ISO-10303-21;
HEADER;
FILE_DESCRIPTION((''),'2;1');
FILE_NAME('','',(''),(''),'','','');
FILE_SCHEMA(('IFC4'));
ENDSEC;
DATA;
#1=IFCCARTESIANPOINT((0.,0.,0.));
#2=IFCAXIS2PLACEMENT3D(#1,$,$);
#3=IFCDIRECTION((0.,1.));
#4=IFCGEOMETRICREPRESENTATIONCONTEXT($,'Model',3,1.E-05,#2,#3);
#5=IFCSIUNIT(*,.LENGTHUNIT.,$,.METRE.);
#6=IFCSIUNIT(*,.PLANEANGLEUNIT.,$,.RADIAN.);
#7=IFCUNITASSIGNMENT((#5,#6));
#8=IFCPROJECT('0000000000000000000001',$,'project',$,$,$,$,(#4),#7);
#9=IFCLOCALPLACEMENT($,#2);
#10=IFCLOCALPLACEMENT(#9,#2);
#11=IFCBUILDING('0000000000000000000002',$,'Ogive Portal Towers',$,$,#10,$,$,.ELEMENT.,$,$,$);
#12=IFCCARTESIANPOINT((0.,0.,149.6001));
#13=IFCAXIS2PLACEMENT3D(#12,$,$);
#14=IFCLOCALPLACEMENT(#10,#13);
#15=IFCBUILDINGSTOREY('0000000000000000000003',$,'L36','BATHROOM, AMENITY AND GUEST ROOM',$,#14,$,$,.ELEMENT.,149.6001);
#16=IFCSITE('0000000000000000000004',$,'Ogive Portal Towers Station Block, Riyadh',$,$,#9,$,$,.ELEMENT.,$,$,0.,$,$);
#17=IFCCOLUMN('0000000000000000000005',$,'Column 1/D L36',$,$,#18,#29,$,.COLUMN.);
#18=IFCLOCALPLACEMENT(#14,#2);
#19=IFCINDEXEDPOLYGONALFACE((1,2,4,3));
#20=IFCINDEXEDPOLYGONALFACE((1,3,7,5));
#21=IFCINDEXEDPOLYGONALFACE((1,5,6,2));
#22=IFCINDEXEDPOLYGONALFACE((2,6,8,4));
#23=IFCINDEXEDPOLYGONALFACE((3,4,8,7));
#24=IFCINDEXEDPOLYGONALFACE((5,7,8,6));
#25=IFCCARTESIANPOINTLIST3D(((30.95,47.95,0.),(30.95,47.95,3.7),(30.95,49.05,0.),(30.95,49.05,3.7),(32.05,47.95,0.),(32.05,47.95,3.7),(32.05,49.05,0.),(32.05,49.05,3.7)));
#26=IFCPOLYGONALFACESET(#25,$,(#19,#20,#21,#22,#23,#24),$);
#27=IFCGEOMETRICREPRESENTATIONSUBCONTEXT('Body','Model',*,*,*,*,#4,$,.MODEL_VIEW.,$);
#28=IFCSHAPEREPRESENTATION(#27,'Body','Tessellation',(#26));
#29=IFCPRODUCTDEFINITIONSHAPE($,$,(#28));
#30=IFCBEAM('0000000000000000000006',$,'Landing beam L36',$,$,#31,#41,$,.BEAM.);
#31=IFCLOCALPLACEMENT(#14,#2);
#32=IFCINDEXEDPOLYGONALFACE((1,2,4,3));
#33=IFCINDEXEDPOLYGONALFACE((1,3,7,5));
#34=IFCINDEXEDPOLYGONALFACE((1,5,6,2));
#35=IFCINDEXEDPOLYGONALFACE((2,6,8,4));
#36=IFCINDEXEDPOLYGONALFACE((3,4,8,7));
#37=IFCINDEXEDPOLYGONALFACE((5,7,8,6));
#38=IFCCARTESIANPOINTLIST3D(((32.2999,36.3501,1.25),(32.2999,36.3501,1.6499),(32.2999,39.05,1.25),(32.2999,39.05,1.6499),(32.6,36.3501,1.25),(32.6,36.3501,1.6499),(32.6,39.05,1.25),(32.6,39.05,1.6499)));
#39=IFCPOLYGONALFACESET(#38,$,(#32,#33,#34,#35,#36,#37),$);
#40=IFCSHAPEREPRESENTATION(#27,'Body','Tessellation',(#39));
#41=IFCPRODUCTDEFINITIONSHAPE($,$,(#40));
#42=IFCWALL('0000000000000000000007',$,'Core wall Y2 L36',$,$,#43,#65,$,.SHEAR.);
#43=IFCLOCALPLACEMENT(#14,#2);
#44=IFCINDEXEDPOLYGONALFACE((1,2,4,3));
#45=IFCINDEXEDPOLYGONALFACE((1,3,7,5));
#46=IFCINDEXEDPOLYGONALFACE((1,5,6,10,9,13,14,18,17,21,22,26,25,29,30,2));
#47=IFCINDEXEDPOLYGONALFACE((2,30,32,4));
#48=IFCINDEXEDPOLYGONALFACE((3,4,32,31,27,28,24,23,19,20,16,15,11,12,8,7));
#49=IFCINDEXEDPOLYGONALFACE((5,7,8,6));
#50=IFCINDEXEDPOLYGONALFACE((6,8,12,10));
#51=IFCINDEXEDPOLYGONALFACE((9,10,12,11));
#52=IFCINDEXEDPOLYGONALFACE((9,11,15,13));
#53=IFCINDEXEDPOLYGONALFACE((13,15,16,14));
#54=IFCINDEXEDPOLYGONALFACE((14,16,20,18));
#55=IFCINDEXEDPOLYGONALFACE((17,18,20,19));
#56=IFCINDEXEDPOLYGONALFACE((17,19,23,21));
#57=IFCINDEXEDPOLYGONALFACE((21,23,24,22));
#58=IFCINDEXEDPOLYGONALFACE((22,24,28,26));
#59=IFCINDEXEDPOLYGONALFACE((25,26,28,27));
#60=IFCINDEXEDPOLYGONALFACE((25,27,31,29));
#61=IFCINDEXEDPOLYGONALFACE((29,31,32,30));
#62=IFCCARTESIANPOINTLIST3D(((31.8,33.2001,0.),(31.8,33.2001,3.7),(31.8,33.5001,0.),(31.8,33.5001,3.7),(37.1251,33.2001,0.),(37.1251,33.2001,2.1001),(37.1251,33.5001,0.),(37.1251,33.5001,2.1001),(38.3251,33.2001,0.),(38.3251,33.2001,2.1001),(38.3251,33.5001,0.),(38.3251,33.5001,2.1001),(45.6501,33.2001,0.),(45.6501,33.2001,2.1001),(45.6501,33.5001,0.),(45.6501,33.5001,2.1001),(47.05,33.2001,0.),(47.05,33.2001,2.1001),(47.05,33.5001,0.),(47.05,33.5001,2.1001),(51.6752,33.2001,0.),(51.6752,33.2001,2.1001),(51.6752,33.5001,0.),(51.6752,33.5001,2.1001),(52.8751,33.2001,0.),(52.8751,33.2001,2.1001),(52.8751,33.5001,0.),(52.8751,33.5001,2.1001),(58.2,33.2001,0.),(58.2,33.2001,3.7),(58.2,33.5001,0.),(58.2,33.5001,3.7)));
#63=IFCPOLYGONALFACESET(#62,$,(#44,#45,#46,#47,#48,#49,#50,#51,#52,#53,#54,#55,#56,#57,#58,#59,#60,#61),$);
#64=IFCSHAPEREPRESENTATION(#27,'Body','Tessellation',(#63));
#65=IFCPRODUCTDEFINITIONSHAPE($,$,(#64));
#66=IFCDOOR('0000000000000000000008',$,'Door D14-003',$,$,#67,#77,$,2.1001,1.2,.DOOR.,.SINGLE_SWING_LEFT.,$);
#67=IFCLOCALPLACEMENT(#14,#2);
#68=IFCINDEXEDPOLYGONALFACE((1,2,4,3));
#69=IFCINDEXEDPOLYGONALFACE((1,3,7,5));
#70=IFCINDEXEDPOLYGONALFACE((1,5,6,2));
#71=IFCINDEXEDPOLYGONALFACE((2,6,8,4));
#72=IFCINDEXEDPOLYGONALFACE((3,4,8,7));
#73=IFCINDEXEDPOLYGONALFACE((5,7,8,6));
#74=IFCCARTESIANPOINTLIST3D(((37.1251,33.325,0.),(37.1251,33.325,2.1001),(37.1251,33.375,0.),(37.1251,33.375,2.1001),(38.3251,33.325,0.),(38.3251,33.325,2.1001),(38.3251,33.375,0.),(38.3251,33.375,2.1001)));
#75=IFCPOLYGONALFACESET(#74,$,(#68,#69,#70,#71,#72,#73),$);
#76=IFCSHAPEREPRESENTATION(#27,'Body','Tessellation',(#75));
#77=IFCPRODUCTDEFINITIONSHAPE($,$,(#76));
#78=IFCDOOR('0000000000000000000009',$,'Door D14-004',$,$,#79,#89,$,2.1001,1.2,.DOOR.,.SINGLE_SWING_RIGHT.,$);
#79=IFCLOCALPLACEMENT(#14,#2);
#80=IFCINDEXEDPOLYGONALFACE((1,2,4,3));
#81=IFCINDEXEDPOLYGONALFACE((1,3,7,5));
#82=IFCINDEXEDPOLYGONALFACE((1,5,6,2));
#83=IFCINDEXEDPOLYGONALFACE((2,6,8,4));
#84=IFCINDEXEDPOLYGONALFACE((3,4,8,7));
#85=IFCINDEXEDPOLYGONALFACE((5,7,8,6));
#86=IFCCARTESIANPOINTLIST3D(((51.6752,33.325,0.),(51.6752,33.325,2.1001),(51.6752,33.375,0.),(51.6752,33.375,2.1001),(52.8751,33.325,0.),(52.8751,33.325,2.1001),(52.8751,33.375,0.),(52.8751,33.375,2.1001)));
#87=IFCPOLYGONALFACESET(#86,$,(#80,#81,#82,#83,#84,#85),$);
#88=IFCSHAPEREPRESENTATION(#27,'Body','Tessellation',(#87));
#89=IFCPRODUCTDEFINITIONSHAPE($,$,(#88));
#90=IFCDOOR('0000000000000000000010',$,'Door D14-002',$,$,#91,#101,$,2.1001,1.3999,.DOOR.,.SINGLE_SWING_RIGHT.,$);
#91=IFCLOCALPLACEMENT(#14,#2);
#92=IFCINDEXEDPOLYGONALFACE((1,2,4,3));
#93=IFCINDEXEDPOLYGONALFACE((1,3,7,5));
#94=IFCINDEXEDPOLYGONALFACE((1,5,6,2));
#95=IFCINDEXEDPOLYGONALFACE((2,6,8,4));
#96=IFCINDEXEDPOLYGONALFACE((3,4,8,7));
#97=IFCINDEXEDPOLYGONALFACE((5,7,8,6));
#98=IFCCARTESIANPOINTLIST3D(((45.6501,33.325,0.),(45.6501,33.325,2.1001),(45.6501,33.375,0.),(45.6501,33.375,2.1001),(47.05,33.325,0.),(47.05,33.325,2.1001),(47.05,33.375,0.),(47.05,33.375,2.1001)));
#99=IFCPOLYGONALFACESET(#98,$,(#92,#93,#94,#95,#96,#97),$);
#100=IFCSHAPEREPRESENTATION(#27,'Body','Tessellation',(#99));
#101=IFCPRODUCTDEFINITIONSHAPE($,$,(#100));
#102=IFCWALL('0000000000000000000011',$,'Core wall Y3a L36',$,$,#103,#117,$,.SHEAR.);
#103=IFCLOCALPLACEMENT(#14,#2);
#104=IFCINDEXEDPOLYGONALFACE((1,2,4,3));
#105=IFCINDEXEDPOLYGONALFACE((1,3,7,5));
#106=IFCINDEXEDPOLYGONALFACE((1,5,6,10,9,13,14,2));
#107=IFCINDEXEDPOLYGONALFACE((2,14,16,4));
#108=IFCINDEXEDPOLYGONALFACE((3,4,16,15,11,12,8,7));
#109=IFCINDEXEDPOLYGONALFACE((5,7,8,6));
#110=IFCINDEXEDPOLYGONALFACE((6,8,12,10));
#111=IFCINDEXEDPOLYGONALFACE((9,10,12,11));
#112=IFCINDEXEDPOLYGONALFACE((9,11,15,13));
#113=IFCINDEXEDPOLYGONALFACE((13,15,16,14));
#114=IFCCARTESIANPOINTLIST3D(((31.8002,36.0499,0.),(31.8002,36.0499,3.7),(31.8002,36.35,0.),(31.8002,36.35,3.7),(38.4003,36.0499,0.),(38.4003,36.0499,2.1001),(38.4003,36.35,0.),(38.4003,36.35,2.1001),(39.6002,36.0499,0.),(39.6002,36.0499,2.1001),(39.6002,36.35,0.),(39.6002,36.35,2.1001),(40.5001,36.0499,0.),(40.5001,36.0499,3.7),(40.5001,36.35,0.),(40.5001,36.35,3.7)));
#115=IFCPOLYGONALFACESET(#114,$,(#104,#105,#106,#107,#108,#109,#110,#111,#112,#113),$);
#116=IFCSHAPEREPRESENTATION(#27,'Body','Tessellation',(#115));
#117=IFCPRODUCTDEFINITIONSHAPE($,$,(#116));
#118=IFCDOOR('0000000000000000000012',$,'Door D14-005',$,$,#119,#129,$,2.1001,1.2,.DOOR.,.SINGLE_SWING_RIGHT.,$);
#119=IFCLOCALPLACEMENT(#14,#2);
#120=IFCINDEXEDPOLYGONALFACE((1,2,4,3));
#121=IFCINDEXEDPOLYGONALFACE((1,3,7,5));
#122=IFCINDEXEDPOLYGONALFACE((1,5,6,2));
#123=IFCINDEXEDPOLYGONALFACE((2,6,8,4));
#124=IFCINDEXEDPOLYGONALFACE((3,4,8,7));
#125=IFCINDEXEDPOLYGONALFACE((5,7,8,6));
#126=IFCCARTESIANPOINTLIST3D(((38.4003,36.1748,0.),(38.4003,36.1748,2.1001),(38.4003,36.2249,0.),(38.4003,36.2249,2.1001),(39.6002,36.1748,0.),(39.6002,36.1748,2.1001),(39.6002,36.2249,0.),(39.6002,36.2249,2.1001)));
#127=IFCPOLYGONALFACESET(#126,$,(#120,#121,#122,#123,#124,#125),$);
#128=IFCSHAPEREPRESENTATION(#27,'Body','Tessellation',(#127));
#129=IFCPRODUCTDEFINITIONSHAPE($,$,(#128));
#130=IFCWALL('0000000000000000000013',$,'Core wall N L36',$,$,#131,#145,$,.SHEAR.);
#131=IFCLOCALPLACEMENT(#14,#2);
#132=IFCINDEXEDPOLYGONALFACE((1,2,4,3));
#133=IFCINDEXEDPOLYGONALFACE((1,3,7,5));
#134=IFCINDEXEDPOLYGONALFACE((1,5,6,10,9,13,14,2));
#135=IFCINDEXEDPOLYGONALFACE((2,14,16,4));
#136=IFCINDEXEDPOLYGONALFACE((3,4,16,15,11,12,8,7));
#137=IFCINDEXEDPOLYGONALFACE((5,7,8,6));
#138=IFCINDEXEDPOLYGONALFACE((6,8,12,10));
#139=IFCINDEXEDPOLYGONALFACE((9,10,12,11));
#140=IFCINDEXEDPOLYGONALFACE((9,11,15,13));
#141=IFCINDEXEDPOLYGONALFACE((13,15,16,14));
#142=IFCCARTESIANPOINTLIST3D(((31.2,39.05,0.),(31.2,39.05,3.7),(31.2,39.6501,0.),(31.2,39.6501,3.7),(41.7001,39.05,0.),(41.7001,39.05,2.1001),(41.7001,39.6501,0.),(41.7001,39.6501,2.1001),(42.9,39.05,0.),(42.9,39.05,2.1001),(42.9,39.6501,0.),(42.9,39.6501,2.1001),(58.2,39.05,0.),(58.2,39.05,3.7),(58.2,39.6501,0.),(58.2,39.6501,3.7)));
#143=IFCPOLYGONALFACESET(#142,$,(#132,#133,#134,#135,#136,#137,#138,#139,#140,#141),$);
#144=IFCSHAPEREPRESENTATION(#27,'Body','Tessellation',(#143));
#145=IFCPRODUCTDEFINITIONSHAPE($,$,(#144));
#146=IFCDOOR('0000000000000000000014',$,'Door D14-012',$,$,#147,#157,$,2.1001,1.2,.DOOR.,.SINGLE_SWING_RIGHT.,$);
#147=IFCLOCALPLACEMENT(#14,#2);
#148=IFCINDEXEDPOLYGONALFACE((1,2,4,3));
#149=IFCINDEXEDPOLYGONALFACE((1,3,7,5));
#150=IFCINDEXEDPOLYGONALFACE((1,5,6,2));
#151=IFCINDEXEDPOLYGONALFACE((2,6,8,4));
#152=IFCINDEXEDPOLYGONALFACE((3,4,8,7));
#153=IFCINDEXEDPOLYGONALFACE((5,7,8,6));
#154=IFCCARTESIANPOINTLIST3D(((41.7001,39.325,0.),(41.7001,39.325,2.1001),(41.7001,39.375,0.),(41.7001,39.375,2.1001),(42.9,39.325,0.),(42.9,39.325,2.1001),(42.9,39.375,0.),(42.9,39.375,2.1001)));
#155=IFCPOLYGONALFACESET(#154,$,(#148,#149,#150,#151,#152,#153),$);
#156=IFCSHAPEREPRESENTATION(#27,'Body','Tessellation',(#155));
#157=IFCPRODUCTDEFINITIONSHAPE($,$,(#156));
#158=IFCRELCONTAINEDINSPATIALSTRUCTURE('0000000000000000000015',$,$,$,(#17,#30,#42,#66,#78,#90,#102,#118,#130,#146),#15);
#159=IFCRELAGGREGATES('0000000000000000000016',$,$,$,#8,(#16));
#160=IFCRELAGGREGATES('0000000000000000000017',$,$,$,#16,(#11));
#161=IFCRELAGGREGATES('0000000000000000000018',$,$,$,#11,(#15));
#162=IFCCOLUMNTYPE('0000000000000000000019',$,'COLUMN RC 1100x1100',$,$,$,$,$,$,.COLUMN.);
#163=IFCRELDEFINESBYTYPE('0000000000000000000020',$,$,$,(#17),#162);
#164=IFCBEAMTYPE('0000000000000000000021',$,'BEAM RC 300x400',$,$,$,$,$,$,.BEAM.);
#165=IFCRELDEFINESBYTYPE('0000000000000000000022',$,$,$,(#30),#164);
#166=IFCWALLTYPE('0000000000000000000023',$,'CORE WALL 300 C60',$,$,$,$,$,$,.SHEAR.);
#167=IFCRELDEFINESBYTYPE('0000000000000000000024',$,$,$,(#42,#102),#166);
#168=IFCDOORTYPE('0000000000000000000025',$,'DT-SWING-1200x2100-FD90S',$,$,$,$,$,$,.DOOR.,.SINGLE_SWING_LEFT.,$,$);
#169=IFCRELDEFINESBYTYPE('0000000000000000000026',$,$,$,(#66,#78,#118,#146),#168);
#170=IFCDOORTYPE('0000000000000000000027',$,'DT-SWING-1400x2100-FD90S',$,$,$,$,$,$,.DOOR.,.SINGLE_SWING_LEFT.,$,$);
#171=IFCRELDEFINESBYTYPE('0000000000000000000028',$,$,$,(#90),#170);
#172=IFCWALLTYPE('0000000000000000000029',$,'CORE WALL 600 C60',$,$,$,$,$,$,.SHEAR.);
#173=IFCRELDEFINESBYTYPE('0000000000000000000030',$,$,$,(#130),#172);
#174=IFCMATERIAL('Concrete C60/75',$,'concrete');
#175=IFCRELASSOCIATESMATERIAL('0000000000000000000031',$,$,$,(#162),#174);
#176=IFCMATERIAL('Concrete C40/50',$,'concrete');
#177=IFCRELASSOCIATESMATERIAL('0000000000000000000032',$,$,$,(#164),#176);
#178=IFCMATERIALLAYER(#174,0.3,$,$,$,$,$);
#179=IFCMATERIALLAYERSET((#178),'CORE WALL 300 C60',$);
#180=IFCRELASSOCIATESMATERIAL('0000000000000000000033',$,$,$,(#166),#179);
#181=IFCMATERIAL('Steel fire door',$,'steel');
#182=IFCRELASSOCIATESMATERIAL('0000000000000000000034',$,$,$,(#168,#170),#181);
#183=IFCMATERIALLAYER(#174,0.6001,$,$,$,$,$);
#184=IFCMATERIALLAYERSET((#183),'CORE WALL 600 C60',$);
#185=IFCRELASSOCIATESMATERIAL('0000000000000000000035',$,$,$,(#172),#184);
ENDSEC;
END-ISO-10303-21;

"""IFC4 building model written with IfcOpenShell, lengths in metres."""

from ifc_helpers import new_model, si_unit, direction, frame, frame_2d, origin, origin_2d, place, context, subcontext, project, spatial, rectangle, extrude, material, layer, layer_set, material_profile, profile_set, type_object, element, fill, save


model = new_model("IFC4")

# Units and contexts
model_context = context("Model", 3, precision=1e-05, world=origin(), true_north=direction((0.0, 1.0)))
body_context = subcontext(model_context, "Body", "Model", "MODEL_VIEW")
ifc_project = project(units=[si_unit("LENGTHUNIT", "METRE"), si_unit("PLANEANGLEUNIT", "RADIAN")], contexts=[model_context])

# Site, building, storey
site_placement = place(None, origin())
site = spatial("IfcSite", under=ifc_project, at=site_placement, Name="Ogive Portal Towers Station Block, Riyadh", CompositionType="ELEMENT", RefElevation=0.0)
building_placement = place(site_placement, origin())
building = spatial("IfcBuilding", under=site, at=building_placement, Name="Ogive Portal Towers", CompositionType="ELEMENT")
storey_placement = place(building_placement, frame((0.0, 0.0, 149.6001)))
storey = spatial("IfcBuildingStorey", under=building, at=storey_placement, Name="L36", Description="BATHROOM, AMENITY AND GUEST ROOM", CompositionType="ELEMENT", Elevation=149.6001)

# Column
ifc_material_1 = material(Name="Concrete C60/75", Category="concrete")
ifc_material_profile_1 = material_profile(ifc_material_1, rectangle(XDim=1.1001, YDim=1.1001, at=origin_2d()), Name="RC 1100x1100")
ifc_profile_set_1 = profile_set([ifc_material_profile_1], Name="Concrete C60/75")
column_type = type_object("IfcColumnType", Name="COLUMN RC 1100x1100", PredefinedType="COLUMN", material=ifc_profile_set_1)
column_placement = place(storey_placement, frame((31.5, 48.5, 0.0), z_axis=(0.0, 0.0, 1.0), x_axis=(1.0, 0.0, 0.0)))
element("IfcColumn", 1, at=column_placement, inside=storey, type_object=column_type, Name="Column 1/D L36", PredefinedType="COLUMN", context=body_context, shape_type="SweptSolid", body=[
    extrude(rectangle(XDim=1.1001, YDim=1.1001, at=origin_2d()), origin(), (0.0, 0.0, 1.0), 3.7),
])

# Beam
ifc_material_2 = material(Name="Concrete C40/50", Category="concrete")
ifc_material_profile_2 = material_profile(ifc_material_2, rectangle(XDim=0.3, YDim=0.3999, at=origin_2d()), Name="RC 300x400")
ifc_profile_set_2 = profile_set([ifc_material_profile_2], Name="Concrete C40/50")
beam_type = type_object("IfcBeamType", Name="BEAM RC 300x400", PredefinedType="BEAM", material=ifc_profile_set_2)
beam_placement = place(storey_placement, frame((32.45, 36.3501, 1.45), z_axis=(0.0, 1.0, 0.0), x_axis=(-1.0, 0.0, 0.0)))
element("IfcBeam", 2, at=beam_placement, inside=storey, type_object=beam_type, Name="Landing beam L36", PredefinedType="BEAM", context=body_context, shape_type="SweptSolid", body=[
    extrude(rectangle(XDim=0.3, YDim=0.3999, at=origin_2d()), origin(), (0.0, 0.0, 1.0), 2.7),
])

# Wall, openings, doors
ifc_layer_1 = layer(ifc_material_1, 0.3)
ifc_layer_set_1 = layer_set([ifc_layer_1], Name="CORE WALL 300 C60")
wall_type_1 = type_object("IfcWallType", Name="CORE WALL 300 C60", PredefinedType="SHEAR", material=ifc_layer_set_1)
wall_1_placement = place(storey_placement, frame((31.8, 33.3501, 0.0), z_axis=(0.0, 0.0, 1.0), x_axis=(1.0, 0.0, 0.0)))
wall_1 = element("IfcWall", 3, at=wall_1_placement, inside=storey, type_object=wall_type_1, Name="Core wall Y2 L36", PredefinedType="SHEAR", context=body_context, shape_type="SweptSolid", body=[
    extrude(rectangle(XDim=26.3999, YDim=0.3, at=frame_2d((13.2, 0.0))), origin(), (0.0, 0.0, 1.0), 3.7),
])
opening_1_placement = place(wall_1_placement, frame((13.8501, 0.0, 0.0)))
opening_1 = element("IfcOpeningElement", 4, at=opening_1_placement, cuts=wall_1, PredefinedType="OPENING", context=body_context, shape_type="SweptSolid", body=[
    extrude(rectangle(XDim=1.3999, YDim=2.1001, at=frame_2d((0.7, 1.05))), frame((0.0, 0.1602, 0.0), z_axis=(0.0, -1.0, 0.0), x_axis=(1.0, 0.0, 0.0)), (0.0, 0.0, 1.0), 0.3201),
])
opening_2_placement = place(wall_1_placement, frame((5.325, 0.0, 0.0)))
opening_2 = element("IfcOpeningElement", 5, at=opening_2_placement, cuts=wall_1, PredefinedType="OPENING", context=body_context, shape_type="SweptSolid", body=[
    extrude(rectangle(XDim=1.2, YDim=2.1001, at=frame_2d((0.6001, 1.05))), frame((0.0, 0.1602, 0.0), z_axis=(0.0, -1.0, 0.0), x_axis=(1.0, 0.0, 0.0)), (0.0, 0.0, 1.0), 0.3201),
])
opening_3_placement = place(wall_1_placement, frame((19.875, 0.0, 0.0)))
opening_3 = element("IfcOpeningElement", 6, at=opening_3_placement, cuts=wall_1, PredefinedType="OPENING", context=body_context, shape_type="SweptSolid", body=[
    extrude(rectangle(XDim=1.2, YDim=2.1001, at=frame_2d((0.6001, 1.05))), frame((0.0, 0.1602, 0.0), z_axis=(0.0, -1.0, 0.0), x_axis=(1.0, 0.0, 0.0)), (0.0, 0.0, 1.0), 0.3201),
])
ifc_material_3 = material(Name="Steel fire door", Category="steel")
door_type_1 = type_object("IfcDoorType", Name="DT-SWING-1200x2100-FD90S", OperationType="SINGLE_SWING_LEFT", PredefinedType="DOOR", material=ifc_material_3)
door_1_placement = place(opening_2_placement, origin())
door_1 = element("IfcDoor", 7, at=door_1_placement, inside=storey, type_object=door_type_1, Name="Door D14-003", OperationType="SINGLE_SWING_LEFT", OverallHeight=2.1001, OverallWidth=1.2, PredefinedType="DOOR", context=body_context, shape_type="SweptSolid", body=[
    extrude(rectangle(XDim=1.2, YDim=2.1001, at=frame_2d((0.6001, 1.05))), frame((0.0, 0.0249, 0.0), z_axis=(0.0, -1.0, 0.0), x_axis=(1.0, 0.0, 0.0)), (0.0, 0.0, 1.0), 0.05),
])
fill(opening_2, door_1)
door_2_placement = place(opening_3_placement, origin())
door_2 = element("IfcDoor", 8, at=door_2_placement, inside=storey, type_object=door_type_1, Name="Door D14-004", OperationType="SINGLE_SWING_RIGHT", OverallHeight=2.1001, OverallWidth=1.2, PredefinedType="DOOR", context=body_context, shape_type="SweptSolid", body=[
    extrude(rectangle(XDim=1.2, YDim=2.1001, at=frame_2d((0.6001, 1.05))), frame((0.0, 0.0249, 0.0), z_axis=(0.0, -1.0, 0.0), x_axis=(1.0, 0.0, 0.0)), (0.0, 0.0, 1.0), 0.05),
])
fill(opening_3, door_2)
door_type_2 = type_object("IfcDoorType", Name="DT-SWING-1400x2100-FD90S", OperationType="SINGLE_SWING_LEFT", PredefinedType="DOOR", material=ifc_material_3)
door_3_placement = place(opening_1_placement, origin())
door_3 = element("IfcDoor", 9, at=door_3_placement, inside=storey, type_object=door_type_2, Name="Door D14-002", OperationType="SINGLE_SWING_RIGHT", OverallHeight=2.1001, OverallWidth=1.3999, PredefinedType="DOOR", context=body_context, shape_type="SweptSolid", body=[
    extrude(rectangle(XDim=1.3999, YDim=2.1001, at=frame_2d((0.7, 1.05))), frame((0.0, 0.0249, 0.0), z_axis=(0.0, -1.0, 0.0), x_axis=(1.0, 0.0, 0.0)), (0.0, 0.0, 1.0), 0.05),
])
fill(opening_1, door_3)

# Walls, openings, doors
wall_2_placement = place(storey_placement, frame((31.8, 36.2, 0.0), z_axis=(0.0, 0.0, 1.0), x_axis=(1.0, 0.0, 0.0)))
wall_2 = element("IfcWall", 10, at=wall_2_placement, inside=storey, type_object=wall_type_1, Name="Core wall Y3a L36", PredefinedType="SHEAR", context=body_context, shape_type="SweptSolid", body=[
    extrude(rectangle(XDim=8.7, YDim=0.3, at=frame_2d((4.3501, 0.0))), origin(), (0.0, 0.0, 1.0), 3.7),
])
opening_4_placement = place(wall_2_placement, frame((6.6001, 0.0, 0.0)))
opening_4 = element("IfcOpeningElement", 11, at=opening_4_placement, cuts=wall_2, PredefinedType="OPENING", context=body_context, shape_type="SweptSolid", body=[
    extrude(rectangle(XDim=1.2, YDim=2.1001, at=frame_2d((0.6001, 1.05))), frame((0.0, 0.1602, 0.0), z_axis=(0.0, -1.0, 0.0), x_axis=(1.0, 0.0, 0.0)), (0.0, 0.0, 1.0), 0.3201),
])
door_4_placement = place(opening_4_placement, origin())
door_4 = element("IfcDoor", 12, at=door_4_placement, inside=storey, type_object=door_type_1, Name="Door D14-005", OperationType="SINGLE_SWING_RIGHT", OverallHeight=2.1001, OverallWidth=1.2, PredefinedType="DOOR", context=body_context, shape_type="SweptSolid", body=[
    extrude(rectangle(XDim=1.2, YDim=2.1001, at=frame_2d((0.6001, 1.05))), frame((0.0, 0.0249, 0.0), z_axis=(0.0, -1.0, 0.0), x_axis=(1.0, 0.0, 0.0)), (0.0, 0.0, 1.0), 0.05),
])
fill(opening_4, door_4)
ifc_layer_2 = layer(ifc_material_1, 0.6001)
ifc_layer_set_2 = layer_set([ifc_layer_2], Name="CORE WALL 600 C60")
wall_type_2 = type_object("IfcWallType", Name="CORE WALL 600 C60", PredefinedType="SHEAR", material=ifc_layer_set_2)
wall_3_placement = place(storey_placement, frame((31.2, 39.3501, 0.0), z_axis=(0.0, 0.0, 1.0), x_axis=(1.0, 0.0, 0.0)))
wall_3 = element("IfcWall", 13, at=wall_3_placement, inside=storey, type_object=wall_type_2, Name="Core wall N L36", PredefinedType="SHEAR", context=body_context, shape_type="SweptSolid", body=[
    extrude(rectangle(XDim=27.0, YDim=0.6001, at=frame_2d((13.5, 0.0))), origin(), (0.0, 0.0, 1.0), 3.7),
])
opening_5_placement = place(wall_3_placement, frame((10.5, 0.0, 0.0)))
opening_5 = element("IfcOpeningElement", 14, at=opening_5_placement, cuts=wall_3, PredefinedType="OPENING", context=body_context, shape_type="SweptSolid", body=[
    extrude(rectangle(XDim=1.2, YDim=2.1001, at=frame_2d((0.6001, 1.05))), frame((0.0, 0.3101, 0.0), z_axis=(0.0, -1.0, 0.0), x_axis=(1.0, 0.0, 0.0)), (0.0, 0.0, 1.0), 0.6201),
])
door_5_placement = place(opening_5_placement, origin())
door_5 = element("IfcDoor", 15, at=door_5_placement, inside=storey, type_object=door_type_1, Name="Door D14-012", OperationType="SINGLE_SWING_RIGHT", OverallHeight=2.1001, OverallWidth=1.2, PredefinedType="DOOR", context=body_context, shape_type="SweptSolid", body=[
    extrude(rectangle(XDim=1.2, YDim=2.1001, at=frame_2d((0.6001, 1.05))), frame((0.0, 0.0249, 0.0), z_axis=(0.0, -1.0, 0.0), x_axis=(1.0, 0.0, 0.0)), (0.0, 0.0, 1.0), 0.05),
])
fill(opening_5, door_5)

save(model, "model.ifc")
